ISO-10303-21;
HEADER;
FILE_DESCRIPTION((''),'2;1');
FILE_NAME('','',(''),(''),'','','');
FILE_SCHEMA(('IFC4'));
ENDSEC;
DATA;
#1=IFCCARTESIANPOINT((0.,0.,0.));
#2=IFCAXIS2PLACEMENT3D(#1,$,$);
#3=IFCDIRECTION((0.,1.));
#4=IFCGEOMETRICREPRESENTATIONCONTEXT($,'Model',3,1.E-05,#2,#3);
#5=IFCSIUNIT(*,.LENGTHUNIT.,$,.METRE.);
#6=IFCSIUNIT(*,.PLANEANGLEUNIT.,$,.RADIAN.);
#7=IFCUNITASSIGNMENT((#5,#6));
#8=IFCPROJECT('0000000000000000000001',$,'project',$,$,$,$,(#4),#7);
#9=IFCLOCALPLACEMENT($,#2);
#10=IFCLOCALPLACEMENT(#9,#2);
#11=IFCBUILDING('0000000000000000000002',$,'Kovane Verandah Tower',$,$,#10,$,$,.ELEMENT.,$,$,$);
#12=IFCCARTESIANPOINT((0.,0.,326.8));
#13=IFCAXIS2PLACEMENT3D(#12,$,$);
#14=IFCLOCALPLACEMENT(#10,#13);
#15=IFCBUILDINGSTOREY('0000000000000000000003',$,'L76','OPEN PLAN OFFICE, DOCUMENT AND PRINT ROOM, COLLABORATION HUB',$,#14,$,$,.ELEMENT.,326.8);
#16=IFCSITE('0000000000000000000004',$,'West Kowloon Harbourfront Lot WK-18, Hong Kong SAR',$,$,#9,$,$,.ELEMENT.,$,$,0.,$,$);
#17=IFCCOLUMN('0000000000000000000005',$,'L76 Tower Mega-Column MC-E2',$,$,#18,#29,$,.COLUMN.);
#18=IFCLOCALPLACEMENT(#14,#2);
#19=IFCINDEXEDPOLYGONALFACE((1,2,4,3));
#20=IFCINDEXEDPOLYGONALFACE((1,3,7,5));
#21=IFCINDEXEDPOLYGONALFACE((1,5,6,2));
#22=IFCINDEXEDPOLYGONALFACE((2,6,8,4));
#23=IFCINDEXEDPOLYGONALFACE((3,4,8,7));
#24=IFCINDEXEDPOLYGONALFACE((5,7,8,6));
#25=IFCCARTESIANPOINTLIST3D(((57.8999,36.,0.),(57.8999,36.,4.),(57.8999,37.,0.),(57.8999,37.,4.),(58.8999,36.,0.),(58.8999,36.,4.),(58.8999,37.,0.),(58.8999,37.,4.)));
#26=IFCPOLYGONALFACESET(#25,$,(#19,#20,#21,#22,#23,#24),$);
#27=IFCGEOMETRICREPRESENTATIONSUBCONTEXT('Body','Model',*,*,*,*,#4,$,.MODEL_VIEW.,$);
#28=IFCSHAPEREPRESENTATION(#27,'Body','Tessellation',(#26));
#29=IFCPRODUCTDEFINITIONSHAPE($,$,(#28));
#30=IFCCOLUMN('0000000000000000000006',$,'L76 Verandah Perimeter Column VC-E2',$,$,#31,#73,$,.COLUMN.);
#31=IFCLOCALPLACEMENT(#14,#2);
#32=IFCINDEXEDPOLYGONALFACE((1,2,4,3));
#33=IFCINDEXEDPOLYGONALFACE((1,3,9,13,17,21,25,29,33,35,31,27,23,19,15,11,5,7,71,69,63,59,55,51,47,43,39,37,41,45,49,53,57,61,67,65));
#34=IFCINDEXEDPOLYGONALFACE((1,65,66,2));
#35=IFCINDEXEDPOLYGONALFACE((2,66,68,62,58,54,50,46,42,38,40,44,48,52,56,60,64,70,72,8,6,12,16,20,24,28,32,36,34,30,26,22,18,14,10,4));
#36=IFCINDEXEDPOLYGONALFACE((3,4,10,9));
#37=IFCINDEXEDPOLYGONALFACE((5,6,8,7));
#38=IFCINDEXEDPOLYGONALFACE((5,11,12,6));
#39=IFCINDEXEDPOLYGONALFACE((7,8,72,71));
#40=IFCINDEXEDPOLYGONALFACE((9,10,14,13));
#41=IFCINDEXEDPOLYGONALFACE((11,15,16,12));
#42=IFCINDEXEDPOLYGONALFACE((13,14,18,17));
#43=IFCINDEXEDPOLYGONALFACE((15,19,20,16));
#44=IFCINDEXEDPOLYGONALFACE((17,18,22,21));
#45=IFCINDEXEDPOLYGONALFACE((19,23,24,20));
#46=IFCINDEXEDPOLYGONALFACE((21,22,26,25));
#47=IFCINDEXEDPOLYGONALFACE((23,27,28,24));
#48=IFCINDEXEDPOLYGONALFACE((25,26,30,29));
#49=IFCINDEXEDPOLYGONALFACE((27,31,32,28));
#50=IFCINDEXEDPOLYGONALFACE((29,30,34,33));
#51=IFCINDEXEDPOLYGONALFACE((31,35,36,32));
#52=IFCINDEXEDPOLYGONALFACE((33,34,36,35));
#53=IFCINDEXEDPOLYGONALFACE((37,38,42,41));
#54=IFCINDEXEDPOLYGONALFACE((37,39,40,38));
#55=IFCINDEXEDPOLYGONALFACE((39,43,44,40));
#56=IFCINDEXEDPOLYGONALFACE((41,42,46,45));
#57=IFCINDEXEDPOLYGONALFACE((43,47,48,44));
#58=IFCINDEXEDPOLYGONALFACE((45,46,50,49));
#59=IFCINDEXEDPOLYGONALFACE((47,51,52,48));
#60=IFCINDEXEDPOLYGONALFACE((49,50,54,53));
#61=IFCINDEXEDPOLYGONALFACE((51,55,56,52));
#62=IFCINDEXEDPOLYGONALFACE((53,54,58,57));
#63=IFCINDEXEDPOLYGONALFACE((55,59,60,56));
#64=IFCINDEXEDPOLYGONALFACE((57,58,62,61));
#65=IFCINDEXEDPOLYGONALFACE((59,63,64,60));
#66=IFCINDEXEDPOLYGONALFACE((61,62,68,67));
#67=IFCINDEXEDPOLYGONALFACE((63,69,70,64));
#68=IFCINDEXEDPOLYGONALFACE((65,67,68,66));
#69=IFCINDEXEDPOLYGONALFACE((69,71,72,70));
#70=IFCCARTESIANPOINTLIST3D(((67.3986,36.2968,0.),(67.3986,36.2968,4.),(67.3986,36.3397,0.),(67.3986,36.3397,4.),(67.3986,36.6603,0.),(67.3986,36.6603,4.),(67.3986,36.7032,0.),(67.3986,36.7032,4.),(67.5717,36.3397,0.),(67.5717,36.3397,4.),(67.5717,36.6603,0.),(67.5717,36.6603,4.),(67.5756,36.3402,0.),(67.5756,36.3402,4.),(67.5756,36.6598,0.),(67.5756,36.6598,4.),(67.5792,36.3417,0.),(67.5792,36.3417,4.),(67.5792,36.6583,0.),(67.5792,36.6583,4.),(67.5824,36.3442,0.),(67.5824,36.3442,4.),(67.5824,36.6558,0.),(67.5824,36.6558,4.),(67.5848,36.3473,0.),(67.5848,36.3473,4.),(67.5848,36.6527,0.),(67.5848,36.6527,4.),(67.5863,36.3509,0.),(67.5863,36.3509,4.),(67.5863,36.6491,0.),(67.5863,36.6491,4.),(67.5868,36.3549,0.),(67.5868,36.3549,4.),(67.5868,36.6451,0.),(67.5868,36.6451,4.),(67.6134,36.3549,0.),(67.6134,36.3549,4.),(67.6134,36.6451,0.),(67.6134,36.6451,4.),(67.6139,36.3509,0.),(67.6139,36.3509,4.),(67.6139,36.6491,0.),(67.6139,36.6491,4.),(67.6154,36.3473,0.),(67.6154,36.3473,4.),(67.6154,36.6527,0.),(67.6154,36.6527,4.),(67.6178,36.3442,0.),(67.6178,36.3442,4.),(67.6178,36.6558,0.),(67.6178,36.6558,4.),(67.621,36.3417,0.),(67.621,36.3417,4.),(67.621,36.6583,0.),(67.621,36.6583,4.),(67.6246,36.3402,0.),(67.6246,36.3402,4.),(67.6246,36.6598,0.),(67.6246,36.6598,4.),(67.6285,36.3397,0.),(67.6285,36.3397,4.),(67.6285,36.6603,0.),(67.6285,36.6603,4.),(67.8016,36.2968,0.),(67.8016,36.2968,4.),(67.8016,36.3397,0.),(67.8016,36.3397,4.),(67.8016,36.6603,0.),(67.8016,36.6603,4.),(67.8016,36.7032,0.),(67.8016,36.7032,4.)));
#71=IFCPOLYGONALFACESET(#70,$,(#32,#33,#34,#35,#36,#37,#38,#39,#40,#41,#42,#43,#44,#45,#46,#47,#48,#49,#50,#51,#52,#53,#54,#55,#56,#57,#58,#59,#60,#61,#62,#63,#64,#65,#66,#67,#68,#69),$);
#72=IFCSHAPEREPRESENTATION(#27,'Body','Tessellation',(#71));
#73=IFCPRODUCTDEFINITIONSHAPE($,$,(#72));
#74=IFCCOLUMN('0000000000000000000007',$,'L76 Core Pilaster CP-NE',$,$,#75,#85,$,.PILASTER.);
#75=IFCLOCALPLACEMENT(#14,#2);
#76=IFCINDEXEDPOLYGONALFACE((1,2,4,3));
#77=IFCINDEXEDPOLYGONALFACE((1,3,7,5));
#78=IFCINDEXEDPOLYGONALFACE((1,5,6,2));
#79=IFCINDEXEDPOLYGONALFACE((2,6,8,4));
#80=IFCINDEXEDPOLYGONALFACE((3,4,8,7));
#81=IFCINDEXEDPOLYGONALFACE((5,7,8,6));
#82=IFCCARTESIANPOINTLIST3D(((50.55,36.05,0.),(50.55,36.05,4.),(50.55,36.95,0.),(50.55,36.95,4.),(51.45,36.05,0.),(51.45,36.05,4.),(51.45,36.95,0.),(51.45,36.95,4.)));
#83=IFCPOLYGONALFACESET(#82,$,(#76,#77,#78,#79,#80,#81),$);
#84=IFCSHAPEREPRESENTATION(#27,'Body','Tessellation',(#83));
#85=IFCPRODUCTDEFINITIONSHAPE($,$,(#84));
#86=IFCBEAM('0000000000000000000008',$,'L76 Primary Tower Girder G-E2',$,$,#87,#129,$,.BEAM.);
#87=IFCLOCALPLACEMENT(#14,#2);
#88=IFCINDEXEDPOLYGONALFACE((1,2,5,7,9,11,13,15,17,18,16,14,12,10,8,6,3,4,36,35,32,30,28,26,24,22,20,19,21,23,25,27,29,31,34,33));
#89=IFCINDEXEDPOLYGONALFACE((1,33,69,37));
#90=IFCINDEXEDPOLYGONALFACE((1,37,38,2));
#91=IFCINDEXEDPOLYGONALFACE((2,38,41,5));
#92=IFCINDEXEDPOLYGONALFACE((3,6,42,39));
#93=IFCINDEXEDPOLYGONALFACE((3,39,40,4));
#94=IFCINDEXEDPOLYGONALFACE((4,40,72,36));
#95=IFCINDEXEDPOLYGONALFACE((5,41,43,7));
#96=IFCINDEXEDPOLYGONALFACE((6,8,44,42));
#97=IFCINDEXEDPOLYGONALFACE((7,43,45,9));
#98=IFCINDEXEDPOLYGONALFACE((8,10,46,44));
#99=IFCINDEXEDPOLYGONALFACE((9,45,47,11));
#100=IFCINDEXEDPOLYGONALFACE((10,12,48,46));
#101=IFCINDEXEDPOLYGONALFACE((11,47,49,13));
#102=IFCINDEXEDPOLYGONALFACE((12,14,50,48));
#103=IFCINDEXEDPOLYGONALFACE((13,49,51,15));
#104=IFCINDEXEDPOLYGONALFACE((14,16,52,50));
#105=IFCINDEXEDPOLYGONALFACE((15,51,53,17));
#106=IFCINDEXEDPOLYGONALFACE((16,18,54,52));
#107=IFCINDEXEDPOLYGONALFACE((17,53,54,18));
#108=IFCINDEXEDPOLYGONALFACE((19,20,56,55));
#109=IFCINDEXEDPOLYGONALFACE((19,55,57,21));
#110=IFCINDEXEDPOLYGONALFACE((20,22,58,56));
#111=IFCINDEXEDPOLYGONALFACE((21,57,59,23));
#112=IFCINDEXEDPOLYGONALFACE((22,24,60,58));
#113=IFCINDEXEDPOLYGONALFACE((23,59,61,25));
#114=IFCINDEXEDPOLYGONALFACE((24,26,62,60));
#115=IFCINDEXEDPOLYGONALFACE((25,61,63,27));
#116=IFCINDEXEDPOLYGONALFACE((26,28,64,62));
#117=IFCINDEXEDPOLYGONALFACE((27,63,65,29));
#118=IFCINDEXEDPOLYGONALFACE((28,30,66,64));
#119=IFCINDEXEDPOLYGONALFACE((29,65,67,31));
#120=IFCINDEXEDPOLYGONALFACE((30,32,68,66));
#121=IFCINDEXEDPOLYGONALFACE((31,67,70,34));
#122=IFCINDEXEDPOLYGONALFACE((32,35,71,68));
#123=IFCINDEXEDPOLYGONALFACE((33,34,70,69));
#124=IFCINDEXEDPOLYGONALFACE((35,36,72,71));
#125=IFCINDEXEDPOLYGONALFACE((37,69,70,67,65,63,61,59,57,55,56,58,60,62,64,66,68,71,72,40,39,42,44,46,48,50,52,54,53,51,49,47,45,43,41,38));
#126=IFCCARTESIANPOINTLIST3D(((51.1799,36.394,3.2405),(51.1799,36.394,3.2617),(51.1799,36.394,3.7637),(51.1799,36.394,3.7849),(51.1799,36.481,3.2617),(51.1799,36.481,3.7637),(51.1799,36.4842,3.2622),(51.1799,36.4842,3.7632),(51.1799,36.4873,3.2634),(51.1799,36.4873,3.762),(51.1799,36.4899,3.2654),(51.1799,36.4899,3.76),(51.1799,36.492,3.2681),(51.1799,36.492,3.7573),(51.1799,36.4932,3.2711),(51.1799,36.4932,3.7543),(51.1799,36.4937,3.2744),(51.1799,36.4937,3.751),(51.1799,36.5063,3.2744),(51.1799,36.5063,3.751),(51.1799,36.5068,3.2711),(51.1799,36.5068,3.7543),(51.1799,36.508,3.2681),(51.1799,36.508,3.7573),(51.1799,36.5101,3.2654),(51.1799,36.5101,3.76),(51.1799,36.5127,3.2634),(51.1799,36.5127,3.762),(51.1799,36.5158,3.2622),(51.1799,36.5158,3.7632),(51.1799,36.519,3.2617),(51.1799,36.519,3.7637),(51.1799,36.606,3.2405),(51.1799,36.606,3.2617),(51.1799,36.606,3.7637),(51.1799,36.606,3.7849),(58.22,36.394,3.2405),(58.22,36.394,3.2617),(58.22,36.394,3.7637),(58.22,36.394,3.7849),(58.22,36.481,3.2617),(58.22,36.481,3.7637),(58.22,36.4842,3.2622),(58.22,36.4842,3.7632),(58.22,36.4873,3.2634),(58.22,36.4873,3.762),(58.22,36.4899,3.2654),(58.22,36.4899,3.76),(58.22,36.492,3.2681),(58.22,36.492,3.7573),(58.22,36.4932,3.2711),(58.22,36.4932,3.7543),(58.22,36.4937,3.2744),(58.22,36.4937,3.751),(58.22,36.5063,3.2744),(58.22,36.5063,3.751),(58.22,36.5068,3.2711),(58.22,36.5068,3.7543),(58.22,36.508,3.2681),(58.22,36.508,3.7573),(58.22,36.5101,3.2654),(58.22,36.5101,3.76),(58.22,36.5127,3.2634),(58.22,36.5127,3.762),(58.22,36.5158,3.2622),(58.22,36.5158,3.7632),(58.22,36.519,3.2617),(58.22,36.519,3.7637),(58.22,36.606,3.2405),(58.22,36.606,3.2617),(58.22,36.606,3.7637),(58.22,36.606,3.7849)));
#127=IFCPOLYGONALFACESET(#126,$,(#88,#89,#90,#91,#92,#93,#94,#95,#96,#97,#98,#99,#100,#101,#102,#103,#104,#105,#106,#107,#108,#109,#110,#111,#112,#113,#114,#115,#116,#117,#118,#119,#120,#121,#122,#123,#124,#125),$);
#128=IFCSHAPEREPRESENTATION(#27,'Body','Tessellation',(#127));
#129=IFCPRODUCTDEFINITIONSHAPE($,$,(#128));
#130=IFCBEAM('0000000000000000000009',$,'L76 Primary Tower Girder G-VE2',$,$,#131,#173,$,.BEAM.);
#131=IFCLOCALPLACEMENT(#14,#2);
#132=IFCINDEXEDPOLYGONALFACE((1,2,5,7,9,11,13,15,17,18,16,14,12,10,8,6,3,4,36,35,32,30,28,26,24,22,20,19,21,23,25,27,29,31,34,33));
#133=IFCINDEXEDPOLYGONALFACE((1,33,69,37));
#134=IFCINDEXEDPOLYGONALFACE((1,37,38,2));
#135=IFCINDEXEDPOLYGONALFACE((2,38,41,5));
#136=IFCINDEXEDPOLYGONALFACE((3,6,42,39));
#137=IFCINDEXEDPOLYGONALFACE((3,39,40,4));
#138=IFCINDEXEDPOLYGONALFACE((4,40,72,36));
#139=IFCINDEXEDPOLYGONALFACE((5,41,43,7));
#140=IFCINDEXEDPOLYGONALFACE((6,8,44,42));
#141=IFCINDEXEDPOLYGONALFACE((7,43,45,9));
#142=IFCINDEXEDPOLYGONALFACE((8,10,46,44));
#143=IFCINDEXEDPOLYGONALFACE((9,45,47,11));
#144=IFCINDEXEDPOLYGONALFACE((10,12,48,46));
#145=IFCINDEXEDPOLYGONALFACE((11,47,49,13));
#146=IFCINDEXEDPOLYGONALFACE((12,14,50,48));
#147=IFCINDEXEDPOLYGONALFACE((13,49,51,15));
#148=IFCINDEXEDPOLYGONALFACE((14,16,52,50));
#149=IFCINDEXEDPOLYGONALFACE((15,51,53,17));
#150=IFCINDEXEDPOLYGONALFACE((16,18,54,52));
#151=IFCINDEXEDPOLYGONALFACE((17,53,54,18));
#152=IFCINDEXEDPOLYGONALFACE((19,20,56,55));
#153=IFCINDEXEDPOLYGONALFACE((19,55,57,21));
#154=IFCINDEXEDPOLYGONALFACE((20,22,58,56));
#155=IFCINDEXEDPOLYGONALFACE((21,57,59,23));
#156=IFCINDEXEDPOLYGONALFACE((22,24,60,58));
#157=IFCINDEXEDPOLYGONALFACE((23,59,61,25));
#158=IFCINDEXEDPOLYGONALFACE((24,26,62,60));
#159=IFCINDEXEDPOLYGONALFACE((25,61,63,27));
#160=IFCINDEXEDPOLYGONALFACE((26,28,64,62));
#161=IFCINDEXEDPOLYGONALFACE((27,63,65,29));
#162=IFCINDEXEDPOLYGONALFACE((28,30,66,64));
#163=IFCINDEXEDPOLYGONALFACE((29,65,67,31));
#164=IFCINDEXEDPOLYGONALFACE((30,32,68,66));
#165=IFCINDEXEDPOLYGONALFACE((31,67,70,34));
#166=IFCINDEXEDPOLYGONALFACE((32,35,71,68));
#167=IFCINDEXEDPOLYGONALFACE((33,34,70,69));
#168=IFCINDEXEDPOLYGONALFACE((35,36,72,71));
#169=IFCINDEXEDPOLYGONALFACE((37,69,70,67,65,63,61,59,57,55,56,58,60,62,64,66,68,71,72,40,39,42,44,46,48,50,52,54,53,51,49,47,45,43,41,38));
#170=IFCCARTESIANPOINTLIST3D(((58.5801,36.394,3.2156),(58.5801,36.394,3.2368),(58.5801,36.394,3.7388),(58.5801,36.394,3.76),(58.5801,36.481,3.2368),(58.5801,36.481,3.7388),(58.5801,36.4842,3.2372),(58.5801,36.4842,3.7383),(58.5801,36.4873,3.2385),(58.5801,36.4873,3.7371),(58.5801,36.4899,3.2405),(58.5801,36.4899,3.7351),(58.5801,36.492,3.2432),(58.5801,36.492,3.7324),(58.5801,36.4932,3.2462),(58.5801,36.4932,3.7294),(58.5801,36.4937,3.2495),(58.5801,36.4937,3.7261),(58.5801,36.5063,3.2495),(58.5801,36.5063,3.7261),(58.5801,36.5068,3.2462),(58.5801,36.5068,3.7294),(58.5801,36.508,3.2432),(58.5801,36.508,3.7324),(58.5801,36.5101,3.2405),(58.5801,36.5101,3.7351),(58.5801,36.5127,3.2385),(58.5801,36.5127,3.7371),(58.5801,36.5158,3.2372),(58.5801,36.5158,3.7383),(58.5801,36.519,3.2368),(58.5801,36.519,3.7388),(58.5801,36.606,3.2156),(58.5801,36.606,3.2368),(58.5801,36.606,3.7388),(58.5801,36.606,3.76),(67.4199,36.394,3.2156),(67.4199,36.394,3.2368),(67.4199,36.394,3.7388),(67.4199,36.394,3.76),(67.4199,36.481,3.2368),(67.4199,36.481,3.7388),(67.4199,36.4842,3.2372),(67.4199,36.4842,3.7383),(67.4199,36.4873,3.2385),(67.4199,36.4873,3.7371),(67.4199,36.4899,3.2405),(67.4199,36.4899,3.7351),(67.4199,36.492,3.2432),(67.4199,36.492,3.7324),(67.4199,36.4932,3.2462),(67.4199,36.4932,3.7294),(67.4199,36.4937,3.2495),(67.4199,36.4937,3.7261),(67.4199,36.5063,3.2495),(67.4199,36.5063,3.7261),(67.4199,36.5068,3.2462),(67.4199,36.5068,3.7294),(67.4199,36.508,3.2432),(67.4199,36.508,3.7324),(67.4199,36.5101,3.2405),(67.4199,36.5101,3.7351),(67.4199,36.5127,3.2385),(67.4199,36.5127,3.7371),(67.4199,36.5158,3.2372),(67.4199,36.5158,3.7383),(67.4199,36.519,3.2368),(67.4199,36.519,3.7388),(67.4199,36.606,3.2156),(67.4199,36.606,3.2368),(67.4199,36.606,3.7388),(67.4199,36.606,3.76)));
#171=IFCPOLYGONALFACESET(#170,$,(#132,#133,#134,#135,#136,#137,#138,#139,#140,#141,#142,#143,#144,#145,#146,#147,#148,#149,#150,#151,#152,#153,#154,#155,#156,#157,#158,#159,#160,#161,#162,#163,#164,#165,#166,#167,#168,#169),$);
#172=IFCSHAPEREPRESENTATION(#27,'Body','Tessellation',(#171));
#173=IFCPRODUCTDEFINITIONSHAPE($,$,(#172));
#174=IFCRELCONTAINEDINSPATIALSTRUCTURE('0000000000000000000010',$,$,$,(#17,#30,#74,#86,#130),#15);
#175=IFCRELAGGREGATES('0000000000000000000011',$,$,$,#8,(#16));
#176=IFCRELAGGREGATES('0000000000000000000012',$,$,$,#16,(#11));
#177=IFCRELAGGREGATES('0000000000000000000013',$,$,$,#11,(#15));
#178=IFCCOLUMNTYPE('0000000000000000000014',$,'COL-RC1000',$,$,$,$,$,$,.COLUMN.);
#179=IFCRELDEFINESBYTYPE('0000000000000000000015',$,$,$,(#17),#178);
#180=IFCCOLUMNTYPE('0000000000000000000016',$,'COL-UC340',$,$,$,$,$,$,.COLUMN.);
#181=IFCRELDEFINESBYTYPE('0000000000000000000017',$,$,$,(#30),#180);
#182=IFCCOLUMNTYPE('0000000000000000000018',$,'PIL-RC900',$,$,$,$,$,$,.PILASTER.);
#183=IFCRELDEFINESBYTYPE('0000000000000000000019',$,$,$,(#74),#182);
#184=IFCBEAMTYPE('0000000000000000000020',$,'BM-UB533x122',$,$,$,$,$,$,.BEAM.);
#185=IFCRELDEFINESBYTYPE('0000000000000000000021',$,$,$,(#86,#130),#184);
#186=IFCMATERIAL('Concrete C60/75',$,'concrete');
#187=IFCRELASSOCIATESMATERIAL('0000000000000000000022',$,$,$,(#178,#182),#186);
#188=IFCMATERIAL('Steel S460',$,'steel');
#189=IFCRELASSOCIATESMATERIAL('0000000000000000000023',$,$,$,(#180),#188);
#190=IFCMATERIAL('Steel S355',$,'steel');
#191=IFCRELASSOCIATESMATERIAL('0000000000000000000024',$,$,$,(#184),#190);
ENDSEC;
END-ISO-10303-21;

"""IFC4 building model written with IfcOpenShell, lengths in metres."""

from ifc_helpers import new_model, si_unit, direction, frame, origin, origin_2d, place, context, subcontext, project, spatial, rectangle, i_section, extrude, material, material_profile, profile_set, type_object, element, save


model = new_model("IFC4")

# Units and contexts
model_context = context("Model", 3, precision=1e-05, world=origin(), true_north=direction((0.0, 1.0)))
body_context = subcontext(model_context, "Body", "Model", "MODEL_VIEW")
ifc_project = project(units=[si_unit("LENGTHUNIT", "METRE"), si_unit("PLANEANGLEUNIT", "RADIAN")], contexts=[model_context])

# Site, building, storey
site_placement = place(None, origin())
site = spatial("IfcSite", under=ifc_project, at=site_placement, Name="West Kowloon Harbourfront Lot WK-18, Hong Kong SAR", CompositionType="ELEMENT", RefElevation=0.0)
building_placement = place(site_placement, origin())
building = spatial("IfcBuilding", under=site, at=building_placement, Name="Kovane Verandah Tower", CompositionType="ELEMENT")
storey_placement = place(building_placement, frame((0.0, 0.0, 326.8)))
storey = spatial("IfcBuildingStorey", under=building, at=storey_placement, Name="L76", Description="OPEN PLAN OFFICE, DOCUMENT AND PRINT ROOM, COLLABORATION HUB", CompositionType="ELEMENT", Elevation=326.8)

# Columns
ifc_material_1 = material(Name="Concrete C60/75", Category="concrete")
ifc_material_profile_1 = material_profile(ifc_material_1, rectangle(XDim=1.0, YDim=1.0, at=origin_2d()), Name="RC1000x1000")
ifc_profile_set_1 = profile_set([ifc_material_profile_1], Name="Concrete C60/75")
column_type_1 = type_object("IfcColumnType", Name="COL-RC1000", PredefinedType="COLUMN", material=ifc_profile_set_1)
column_1_placement = place(storey_placement, frame((58.3999, 36.5, 0.0), z_axis=(0.0, 0.0, 1.0), x_axis=(1.0, 0.0, 0.0)))
element("IfcColumn", 1, at=column_1_placement, inside=storey, type_object=column_type_1, Name="L76 Tower Mega-Column MC-E2", PredefinedType="COLUMN", context=body_context, shape_type="SweptSolid", body=[
    extrude(rectangle(XDim=1.0, YDim=1.0, at=origin_2d()), origin(), (0.0, 0.0, 1.0), 4.0),
])
ifc_material_2 = material(Name="Steel S460", Category="steel")
ifc_material_profile_2 = material_profile(ifc_material_2, i_section(OverallWidth=0.4031, OverallDepth=0.4065, WebThickness=0.0266, FlangeThickness=0.043, FilletRadius=0.0151, at=origin_2d()), Name="UC356x406x340")
ifc_profile_set_2 = profile_set([ifc_material_profile_2], Name="Steel S460")
column_type_2 = type_object("IfcColumnType", Name="COL-UC340", PredefinedType="COLUMN", material=ifc_profile_set_2)
column_2_placement = place(storey_placement, frame((67.6001, 36.5, 0.0), z_axis=(0.0, 0.0, 1.0), x_axis=(1.0, 0.0, 0.0)))
element("IfcColumn", 2, at=column_2_placement, inside=storey, type_object=column_type_2, Name="L76 Verandah Perimeter Column VC-E2", PredefinedType="COLUMN", context=body_context, shape_type="SweptSolid", body=[
    extrude(i_section(OverallWidth=0.4031, OverallDepth=0.4065, WebThickness=0.0266, FlangeThickness=0.043, FilletRadius=0.0151, at=origin_2d()), origin(), (0.0, 0.0, 1.0), 4.0),
])
ifc_material_profile_3 = material_profile(ifc_material_1, rectangle(XDim=0.8999, YDim=0.8999, at=origin_2d()), Name="RC900x900")
ifc_profile_set_3 = profile_set([ifc_material_profile_3], Name="Concrete C60/75")
column_type_3 = type_object("IfcColumnType", Name="PIL-RC900", PredefinedType="PILASTER", material=ifc_profile_set_3)
column_3_placement = place(storey_placement, frame((51.0, 36.5, 0.0), z_axis=(0.0, 0.0, 1.0), x_axis=(1.0, 0.0, 0.0)))
element("IfcColumn", 3, at=column_3_placement, inside=storey, type_object=column_type_3, Name="L76 Core Pilaster CP-NE", PredefinedType="PILASTER", context=body_context, shape_type="SweptSolid", body=[
    extrude(rectangle(XDim=0.8999, YDim=0.8999, at=origin_2d()), origin(), (0.0, 0.0, 1.0), 4.0),
])

# Beams
ifc_material_3 = material(Name="Steel S355", Category="steel")
ifc_material_profile_4 = material_profile(ifc_material_3, i_section(OverallWidth=0.2119, OverallDepth=0.5444, WebThickness=0.0127, FlangeThickness=0.0212, FilletRadius=0.0127, at=origin_2d()), Name="UB533x210x122")
ifc_profile_set_4 = profile_set([ifc_material_profile_4], Name="Steel S355")
beam_type_1 = type_object("IfcBeamType", Name="BM-UB533x122", PredefinedType="BEAM", material=ifc_profile_set_4)
beam_1_placement = place(storey_placement, frame((51.1799, 36.5, 3.5127), z_axis=(1.0, 0.0, 0.0), x_axis=(0.0, 1.0, 0.0)))
element("IfcBeam", 4, at=beam_1_placement, inside=storey, type_object=beam_type_1, Name="L76 Primary Tower Girder G-E2", PredefinedType="BEAM", context=body_context, shape_type="SweptSolid", body=[
    extrude(i_section(OverallWidth=0.2119, OverallDepth=0.5444, WebThickness=0.0127, FlangeThickness=0.0212, FilletRadius=0.0127, at=origin_2d()), origin(), (0.0, 0.0, 1.0), 7.04),
])
beam_2_placement = place(storey_placement, frame((58.5801, 36.5, 3.4878), z_axis=(1.0, 0.0, 0.0), x_axis=(0.0, 1.0, 0.0)))
element("IfcBeam", 5, at=beam_2_placement, inside=storey, type_object=beam_type_1, Name="L76 Primary Tower Girder G-VE2", PredefinedType="BEAM", context=body_context, shape_type="SweptSolid", body=[
    extrude(i_section(OverallWidth=0.2119, OverallDepth=0.5444, WebThickness=0.0127, FlangeThickness=0.0212, FilletRadius=0.0127, at=origin_2d()), origin(), (0.0, 0.0, 1.0), 8.8398),
])

save(model, "model.ifc")
